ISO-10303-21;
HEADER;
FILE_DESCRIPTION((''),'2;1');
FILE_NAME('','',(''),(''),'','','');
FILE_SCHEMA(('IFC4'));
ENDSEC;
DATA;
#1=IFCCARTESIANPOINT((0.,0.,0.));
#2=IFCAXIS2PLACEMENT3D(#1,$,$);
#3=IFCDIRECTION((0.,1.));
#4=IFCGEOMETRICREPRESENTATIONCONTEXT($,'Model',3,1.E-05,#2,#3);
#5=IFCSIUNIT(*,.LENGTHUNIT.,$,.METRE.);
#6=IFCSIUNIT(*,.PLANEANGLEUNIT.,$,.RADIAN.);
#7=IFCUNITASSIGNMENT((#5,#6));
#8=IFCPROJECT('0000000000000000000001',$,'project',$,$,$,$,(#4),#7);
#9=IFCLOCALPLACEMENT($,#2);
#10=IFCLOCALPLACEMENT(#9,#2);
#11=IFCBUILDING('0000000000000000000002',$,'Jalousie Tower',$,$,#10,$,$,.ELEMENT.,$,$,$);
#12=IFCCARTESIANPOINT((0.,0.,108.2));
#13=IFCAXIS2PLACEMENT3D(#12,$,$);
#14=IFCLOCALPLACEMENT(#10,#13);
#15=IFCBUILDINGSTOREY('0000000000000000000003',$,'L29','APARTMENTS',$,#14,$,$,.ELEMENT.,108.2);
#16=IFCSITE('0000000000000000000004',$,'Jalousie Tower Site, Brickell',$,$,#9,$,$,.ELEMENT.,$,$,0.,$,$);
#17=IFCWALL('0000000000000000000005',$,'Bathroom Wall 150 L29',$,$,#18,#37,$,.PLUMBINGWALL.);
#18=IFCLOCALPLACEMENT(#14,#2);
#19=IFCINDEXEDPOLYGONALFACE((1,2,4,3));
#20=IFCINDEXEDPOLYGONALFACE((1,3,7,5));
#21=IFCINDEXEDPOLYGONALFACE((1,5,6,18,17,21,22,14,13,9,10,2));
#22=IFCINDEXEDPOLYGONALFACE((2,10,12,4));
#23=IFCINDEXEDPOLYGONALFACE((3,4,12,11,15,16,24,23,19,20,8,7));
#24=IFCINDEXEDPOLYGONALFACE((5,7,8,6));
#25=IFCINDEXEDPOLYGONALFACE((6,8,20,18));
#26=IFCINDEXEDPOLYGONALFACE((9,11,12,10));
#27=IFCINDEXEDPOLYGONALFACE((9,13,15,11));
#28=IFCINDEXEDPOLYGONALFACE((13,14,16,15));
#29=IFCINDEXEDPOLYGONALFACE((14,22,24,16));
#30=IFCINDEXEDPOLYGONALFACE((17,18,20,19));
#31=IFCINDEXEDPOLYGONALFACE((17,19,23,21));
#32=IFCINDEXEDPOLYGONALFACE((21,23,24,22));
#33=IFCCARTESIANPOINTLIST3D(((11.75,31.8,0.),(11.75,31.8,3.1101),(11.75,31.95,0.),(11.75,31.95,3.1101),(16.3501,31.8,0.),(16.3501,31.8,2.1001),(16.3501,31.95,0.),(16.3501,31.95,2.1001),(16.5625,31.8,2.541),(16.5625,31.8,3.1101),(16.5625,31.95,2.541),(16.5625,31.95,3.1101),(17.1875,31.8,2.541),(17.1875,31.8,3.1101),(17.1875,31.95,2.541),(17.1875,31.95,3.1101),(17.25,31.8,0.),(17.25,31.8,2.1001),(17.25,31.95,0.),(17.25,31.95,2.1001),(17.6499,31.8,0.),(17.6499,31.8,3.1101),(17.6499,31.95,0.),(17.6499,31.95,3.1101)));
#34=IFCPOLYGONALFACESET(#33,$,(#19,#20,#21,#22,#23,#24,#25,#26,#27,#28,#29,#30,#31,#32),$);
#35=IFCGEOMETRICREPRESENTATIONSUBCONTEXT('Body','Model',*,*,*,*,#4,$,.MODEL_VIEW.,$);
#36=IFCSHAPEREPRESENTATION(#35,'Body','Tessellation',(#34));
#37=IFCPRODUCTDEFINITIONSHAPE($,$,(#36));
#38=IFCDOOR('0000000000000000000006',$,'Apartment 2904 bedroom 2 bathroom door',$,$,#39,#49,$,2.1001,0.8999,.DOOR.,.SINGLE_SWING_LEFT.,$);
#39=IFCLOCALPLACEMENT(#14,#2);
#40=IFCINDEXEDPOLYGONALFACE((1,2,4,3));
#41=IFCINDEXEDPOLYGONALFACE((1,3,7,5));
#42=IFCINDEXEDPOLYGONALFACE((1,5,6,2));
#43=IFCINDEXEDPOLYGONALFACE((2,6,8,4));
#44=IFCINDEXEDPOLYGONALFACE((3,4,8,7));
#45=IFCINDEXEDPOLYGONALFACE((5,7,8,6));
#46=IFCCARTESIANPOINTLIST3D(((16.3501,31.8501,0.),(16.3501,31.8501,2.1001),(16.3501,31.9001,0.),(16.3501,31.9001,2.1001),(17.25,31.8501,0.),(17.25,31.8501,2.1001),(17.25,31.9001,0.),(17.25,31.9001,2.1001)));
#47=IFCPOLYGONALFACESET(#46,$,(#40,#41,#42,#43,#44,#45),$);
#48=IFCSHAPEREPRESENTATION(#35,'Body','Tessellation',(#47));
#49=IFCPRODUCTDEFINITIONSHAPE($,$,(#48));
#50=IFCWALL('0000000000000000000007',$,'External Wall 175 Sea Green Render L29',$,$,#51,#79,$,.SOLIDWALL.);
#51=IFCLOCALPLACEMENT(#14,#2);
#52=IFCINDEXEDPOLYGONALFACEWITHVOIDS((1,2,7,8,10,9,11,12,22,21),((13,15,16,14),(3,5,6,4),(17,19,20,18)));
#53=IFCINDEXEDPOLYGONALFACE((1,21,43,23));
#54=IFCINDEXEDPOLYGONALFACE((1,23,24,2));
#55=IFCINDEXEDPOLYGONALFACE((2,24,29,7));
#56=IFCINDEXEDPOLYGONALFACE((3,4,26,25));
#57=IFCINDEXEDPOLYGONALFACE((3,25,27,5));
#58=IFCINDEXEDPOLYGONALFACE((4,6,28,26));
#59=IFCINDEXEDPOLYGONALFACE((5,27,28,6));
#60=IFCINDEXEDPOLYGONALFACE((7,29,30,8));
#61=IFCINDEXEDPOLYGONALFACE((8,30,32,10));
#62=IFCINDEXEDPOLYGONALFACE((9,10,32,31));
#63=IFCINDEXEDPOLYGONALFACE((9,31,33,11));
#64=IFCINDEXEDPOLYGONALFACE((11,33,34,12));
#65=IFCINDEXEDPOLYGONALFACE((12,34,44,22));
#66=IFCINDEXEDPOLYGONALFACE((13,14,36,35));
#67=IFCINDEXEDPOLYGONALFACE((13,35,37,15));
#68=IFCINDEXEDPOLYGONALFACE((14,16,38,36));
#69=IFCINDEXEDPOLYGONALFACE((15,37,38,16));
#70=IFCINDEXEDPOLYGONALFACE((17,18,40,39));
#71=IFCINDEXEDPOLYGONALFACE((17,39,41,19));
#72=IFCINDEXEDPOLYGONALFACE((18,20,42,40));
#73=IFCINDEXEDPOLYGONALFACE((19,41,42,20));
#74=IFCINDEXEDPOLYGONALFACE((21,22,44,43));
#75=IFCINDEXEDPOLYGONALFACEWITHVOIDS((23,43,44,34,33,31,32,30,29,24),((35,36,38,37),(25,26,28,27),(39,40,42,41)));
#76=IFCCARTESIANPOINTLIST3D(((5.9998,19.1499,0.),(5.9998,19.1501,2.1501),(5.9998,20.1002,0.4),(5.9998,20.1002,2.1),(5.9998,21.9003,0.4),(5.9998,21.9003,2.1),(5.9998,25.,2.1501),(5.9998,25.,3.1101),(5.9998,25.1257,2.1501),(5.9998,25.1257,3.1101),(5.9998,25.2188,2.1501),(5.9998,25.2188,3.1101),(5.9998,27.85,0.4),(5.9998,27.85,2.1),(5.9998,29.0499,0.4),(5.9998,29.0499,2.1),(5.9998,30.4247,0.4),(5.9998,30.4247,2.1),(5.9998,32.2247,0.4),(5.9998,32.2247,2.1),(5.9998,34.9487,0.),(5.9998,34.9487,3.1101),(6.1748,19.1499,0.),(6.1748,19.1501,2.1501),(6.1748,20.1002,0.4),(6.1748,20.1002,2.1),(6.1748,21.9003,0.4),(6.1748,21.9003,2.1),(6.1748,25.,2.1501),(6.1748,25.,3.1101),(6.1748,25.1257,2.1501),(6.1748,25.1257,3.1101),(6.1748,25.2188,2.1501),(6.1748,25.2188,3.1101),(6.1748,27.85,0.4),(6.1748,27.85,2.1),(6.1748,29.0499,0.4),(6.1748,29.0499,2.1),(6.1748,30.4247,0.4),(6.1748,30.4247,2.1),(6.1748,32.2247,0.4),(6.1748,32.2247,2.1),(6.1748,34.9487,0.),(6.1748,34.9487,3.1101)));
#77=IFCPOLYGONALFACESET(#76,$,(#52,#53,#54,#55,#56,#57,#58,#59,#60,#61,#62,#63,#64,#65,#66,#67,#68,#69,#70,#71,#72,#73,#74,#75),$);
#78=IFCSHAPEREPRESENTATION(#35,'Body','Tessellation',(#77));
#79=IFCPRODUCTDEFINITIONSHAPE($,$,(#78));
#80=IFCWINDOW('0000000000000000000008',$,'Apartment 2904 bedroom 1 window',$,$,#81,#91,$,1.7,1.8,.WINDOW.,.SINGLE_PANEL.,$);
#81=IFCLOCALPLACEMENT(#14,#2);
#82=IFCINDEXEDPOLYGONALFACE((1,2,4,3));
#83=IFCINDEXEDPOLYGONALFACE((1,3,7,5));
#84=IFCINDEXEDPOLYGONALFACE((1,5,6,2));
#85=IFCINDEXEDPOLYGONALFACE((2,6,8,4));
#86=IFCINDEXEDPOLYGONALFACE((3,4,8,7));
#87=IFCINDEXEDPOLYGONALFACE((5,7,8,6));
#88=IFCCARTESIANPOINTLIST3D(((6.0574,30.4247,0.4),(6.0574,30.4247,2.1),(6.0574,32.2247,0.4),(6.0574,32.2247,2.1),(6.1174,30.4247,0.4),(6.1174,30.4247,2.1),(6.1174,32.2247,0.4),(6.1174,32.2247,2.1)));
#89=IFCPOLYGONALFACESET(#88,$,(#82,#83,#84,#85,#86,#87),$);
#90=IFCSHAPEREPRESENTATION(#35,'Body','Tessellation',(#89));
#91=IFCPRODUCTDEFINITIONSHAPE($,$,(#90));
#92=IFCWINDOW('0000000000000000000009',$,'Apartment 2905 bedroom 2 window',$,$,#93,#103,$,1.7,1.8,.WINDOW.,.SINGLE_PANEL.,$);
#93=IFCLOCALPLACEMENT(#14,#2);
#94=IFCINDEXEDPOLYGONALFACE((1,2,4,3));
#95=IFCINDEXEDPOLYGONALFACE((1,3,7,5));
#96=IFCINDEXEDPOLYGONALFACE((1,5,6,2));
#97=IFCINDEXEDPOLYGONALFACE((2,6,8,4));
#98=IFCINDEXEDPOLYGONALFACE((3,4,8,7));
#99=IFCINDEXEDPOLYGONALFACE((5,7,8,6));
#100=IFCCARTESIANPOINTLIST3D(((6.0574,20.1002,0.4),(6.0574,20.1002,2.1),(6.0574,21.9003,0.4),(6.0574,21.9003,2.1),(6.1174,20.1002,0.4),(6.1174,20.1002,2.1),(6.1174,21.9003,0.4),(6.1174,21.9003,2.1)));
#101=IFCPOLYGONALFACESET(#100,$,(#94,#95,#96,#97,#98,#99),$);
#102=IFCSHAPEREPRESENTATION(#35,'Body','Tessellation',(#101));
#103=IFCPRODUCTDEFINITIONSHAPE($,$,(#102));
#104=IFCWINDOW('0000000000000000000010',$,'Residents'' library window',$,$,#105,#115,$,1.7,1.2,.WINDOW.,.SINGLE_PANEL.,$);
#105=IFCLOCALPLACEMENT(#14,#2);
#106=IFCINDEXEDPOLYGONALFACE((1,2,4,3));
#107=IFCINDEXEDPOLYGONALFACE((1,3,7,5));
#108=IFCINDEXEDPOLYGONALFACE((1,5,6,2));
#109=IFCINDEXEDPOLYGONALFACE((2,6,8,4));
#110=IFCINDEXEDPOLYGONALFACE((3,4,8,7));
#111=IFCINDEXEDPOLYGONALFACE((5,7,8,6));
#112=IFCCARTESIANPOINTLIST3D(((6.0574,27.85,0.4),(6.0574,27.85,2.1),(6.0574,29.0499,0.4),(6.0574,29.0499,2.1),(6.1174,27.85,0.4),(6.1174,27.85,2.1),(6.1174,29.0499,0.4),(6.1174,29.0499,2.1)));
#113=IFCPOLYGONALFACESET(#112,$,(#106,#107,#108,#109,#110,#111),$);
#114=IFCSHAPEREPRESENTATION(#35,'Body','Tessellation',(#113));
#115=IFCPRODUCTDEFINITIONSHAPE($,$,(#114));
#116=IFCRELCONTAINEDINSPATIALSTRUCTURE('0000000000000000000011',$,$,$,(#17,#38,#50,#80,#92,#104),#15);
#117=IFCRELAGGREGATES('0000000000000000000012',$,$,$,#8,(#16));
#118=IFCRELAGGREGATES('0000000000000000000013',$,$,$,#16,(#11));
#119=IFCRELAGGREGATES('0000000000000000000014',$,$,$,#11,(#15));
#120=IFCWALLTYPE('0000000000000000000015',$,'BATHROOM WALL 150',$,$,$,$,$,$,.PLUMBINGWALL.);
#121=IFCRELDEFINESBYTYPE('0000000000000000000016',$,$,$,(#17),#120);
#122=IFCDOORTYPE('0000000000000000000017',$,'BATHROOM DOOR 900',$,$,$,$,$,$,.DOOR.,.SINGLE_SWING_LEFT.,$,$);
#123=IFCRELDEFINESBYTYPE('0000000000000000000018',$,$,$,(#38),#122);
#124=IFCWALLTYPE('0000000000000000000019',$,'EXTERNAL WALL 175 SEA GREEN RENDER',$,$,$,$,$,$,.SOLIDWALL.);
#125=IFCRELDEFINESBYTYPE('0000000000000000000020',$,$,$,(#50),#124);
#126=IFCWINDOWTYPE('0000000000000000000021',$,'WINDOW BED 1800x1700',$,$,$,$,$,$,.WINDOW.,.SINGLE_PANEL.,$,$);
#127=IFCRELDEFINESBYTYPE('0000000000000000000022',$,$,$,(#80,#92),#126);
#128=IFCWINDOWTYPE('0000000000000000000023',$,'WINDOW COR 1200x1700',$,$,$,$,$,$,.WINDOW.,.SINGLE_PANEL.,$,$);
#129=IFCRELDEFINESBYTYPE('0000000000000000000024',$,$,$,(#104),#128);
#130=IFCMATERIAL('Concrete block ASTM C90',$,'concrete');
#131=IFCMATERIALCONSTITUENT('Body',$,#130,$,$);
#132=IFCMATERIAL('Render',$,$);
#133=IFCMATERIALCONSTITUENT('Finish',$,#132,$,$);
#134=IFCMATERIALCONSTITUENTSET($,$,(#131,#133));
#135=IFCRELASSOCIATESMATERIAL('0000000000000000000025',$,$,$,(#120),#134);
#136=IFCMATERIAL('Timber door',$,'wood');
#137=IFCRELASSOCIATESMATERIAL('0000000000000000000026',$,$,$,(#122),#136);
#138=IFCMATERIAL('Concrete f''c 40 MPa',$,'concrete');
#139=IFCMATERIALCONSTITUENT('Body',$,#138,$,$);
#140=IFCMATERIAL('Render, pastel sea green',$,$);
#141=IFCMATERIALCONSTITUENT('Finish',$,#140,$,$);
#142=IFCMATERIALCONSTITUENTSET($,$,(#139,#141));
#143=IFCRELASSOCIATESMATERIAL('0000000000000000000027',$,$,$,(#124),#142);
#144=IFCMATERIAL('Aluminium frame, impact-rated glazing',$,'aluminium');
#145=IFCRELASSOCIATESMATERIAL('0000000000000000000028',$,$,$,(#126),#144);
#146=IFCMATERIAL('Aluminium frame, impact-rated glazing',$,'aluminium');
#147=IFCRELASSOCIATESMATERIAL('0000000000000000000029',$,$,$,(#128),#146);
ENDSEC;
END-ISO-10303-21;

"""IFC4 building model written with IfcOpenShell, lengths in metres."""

from ifc_helpers import new_model, si_unit, direction, frame, frame_2d, origin, place, context, subcontext, project, spatial, polyline, rectangle, outline, extrude, material, constituent, constituent_set, type_object, element, fill, save


model = new_model("IFC4")

# Units and contexts
model_context = context("Model", 3, precision=1e-05, world=origin(), true_north=direction((0.0, 1.0)))
body_context = subcontext(model_context, "Body", "Model", "MODEL_VIEW")
ifc_project = project(units=[si_unit("LENGTHUNIT", "METRE"), si_unit("PLANEANGLEUNIT", "RADIAN")], contexts=[model_context])

# Site, building, storey
site_placement = place(None, origin())
site = spatial("IfcSite", under=ifc_project, at=site_placement, Name="Jalousie Tower Site, Brickell", CompositionType="ELEMENT", RefElevation=0.0)
building_placement = place(site_placement, origin())
building = spatial("IfcBuilding", under=site, at=building_placement, Name="Jalousie Tower", CompositionType="ELEMENT")
storey_placement = place(building_placement, frame((0.0, 0.0, 108.2)))
storey = spatial("IfcBuildingStorey", under=building, at=storey_placement, Name="L29", Description="APARTMENTS", CompositionType="ELEMENT", Elevation=108.2)

# Wall, opening, door
ifc_material_1 = material(Name="Concrete block ASTM C90", Category="concrete")
ifc_constituent_1 = constituent(ifc_material_1, Name="Body")
ifc_material_2 = material(Name="Render")
ifc_constituent_2 = constituent(ifc_material_2, Name="Finish")
ifc_constituent_set_1 = constituent_set(constituents=[ifc_constituent_1, ifc_constituent_2])
wall_type_1 = type_object("IfcWallType", Name="BATHROOM WALL 150", PredefinedType="PLUMBINGWALL", material=ifc_constituent_set_1)
wall_1_placement = place(storey_placement, frame((11.75, 31.875, 0.0), z_axis=(0.0, 0.0, 1.0), x_axis=(1.0, 0.0, 0.0)))
wall_1 = element("IfcWall", 1, at=wall_1_placement, inside=storey, type_object=wall_type_1, Name="Bathroom Wall 150 L29", PredefinedType="PLUMBINGWALL", context=body_context, shape_type="SweptSolid", body=[
    extrude(outline(polyline([(0.0, 0.0), (5.8999, 0.0), (5.8999, 3.1101), (5.4375, 3.1101), (5.4375, 2.541), (4.8125, 2.541), (4.8125, 3.1101), (0.0, 3.1101), (0.0, 0.0)])), frame((0.0, 0.075, 0.0), z_axis=(0.0, -1.0, 0.0), x_axis=(1.0, 0.0, 0.0)), (0.0, 0.0, 1.0), 0.1499),
])
opening_1_placement = place(wall_1_placement, frame((4.6001, 0.0, 0.0)))
opening_1 = element("IfcOpeningElement", 2, at=opening_1_placement, cuts=wall_1, PredefinedType="OPENING", context=body_context, shape_type="SweptSolid", body=[
    extrude(rectangle(XDim=0.8999, YDim=2.1001, at=frame_2d((0.45, 1.05))), frame((0.0, 0.085, 0.0), z_axis=(0.0, -1.0, 0.0), x_axis=(1.0, 0.0, 0.0)), (0.0, 0.0, 1.0), 0.1699),
])
ifc_material_3 = material(Name="Timber door", Category="wood")
door_type_1 = type_object("IfcDoorType", Name="BATHROOM DOOR 900", OperationType="SINGLE_SWING_LEFT", PredefinedType="DOOR", material=ifc_material_3)
door_1_placement = place(opening_1_placement, frame((0.8999, 0.0, 0.0), z_axis=(0.0, 0.0, 1.0), x_axis=(-1.0, 0.0, 0.0)))
door_1 = element("IfcDoor", 3, at=door_1_placement, inside=storey, type_object=door_type_1, Name="Apartment 2904 bedroom 2 bathroom door", OperationType="SINGLE_SWING_LEFT", OverallHeight=2.1001, OverallWidth=0.8999, PredefinedType="DOOR", context=body_context, shape_type="SweptSolid", body=[
    extrude(rectangle(XDim=0.8999, YDim=2.1001, at=frame_2d((0.45, 1.05))), frame((0.0, 0.0249, 0.0), z_axis=(0.0, -1.0, 0.0), x_axis=(1.0, 0.0, 0.0)), (0.0, 0.0, 1.0), 0.05),
])
fill(opening_1, door_1)

# Wall, openings, windows
ifc_material_4 = material(Name="Concrete f'c 40 MPa", Category="concrete")
ifc_constituent_3 = constituent(ifc_material_4, Name="Body")
ifc_material_5 = material(Name="Render, pastel sea green")
ifc_constituent_4 = constituent(ifc_material_5, Name="Finish")
ifc_constituent_set_2 = constituent_set(constituents=[ifc_constituent_3, ifc_constituent_4])
wall_type_2 = type_object("IfcWallType", Name="EXTERNAL WALL 175 SEA GREEN RENDER", PredefinedType="SOLIDWALL", material=ifc_constituent_set_2)
wall_2_placement = place(storey_placement, frame((6.0874, 34.9487, 0.0), z_axis=(0.0, 0.0, 1.0), x_axis=(0.0, -1.0, 0.0)))
wall_2 = element("IfcWall", 4, at=wall_2_placement, inside=storey, type_object=wall_type_2, Name="External Wall 175 Sea Green Render L29", PredefinedType="SOLIDWALL", context=body_context, shape_type="SweptSolid", body=[
    extrude(outline(polyline([(0.0, 0.0), (15.7988, 0.0), (15.7986, 2.1501), (9.9487, 2.1501), (9.9487, 3.1101), (9.823, 3.1101), (9.823, 2.1501), (9.73, 2.1501), (9.73, 3.1101), (0.0, 3.1101), (0.0, 0.0)])), frame((0.0, 0.0874, 0.0), z_axis=(0.0, -1.0, 0.0), x_axis=(1.0, 0.0, 0.0)), (0.0, 0.0, 1.0), 0.175),
])
opening_2_placement = place(wall_2_placement, frame((2.7241, 0.0, 0.3999)))
opening_2 = element("IfcOpeningElement", 5, at=opening_2_placement, cuts=wall_2, PredefinedType="OPENING", context=body_context, shape_type="SweptSolid", body=[
    extrude(rectangle(XDim=1.8, YDim=1.7, at=frame_2d((0.8999, 0.8501))), frame((0.0, 0.0974, 0.0), z_axis=(0.0, -1.0, 0.0), x_axis=(1.0, 0.0, 0.0)), (0.0, 0.0, 1.0), 0.1951),
])
opening_3_placement = place(wall_2_placement, frame((5.8987, 0.0, 0.3999)))
opening_3 = element("IfcOpeningElement", 6, at=opening_3_placement, cuts=wall_2, PredefinedType="OPENING", context=body_context, shape_type="SweptSolid", body=[
    extrude(rectangle(XDim=1.2, YDim=1.7, at=frame_2d((0.6001, 0.8501))), frame((0.0, 0.0974, 0.0), z_axis=(0.0, -1.0, 0.0), x_axis=(1.0, 0.0, 0.0)), (0.0, 0.0, 1.0), 0.1951),
])
opening_4_placement = place(wall_2_placement, frame((13.0486, 0.0, 0.3999)))
opening_4 = element("IfcOpeningElement", 7, at=opening_4_placement, cuts=wall_2, PredefinedType="OPENING", context=body_context, shape_type="SweptSolid", body=[
    extrude(rectangle(XDim=1.8, YDim=1.7, at=frame_2d((0.8999, 0.8501))), frame((0.0, 0.0974, 0.0), z_axis=(0.0, -1.0, 0.0), x_axis=(1.0, 0.0, 0.0)), (0.0, 0.0, 1.0), 0.1951),
])
ifc_material_6 = material(Name="Aluminium frame, impact-rated glazing", Category="aluminium")
window_type_1 = type_object("IfcWindowType", Name="WINDOW BED 1800x1700", PartitioningType="SINGLE_PANEL", PredefinedType="WINDOW", material=ifc_material_6)
window_1_placement = place(opening_2_placement, origin())
window_1 = element("IfcWindow", 8, at=window_1_placement, inside=storey, type_object=window_type_1, Name="Apartment 2904 bedroom 1 window", OverallHeight=1.7, OverallWidth=1.8, PartitioningType="SINGLE_PANEL", PredefinedType="WINDOW", context=body_context, shape_type="SweptSolid", body=[
    extrude(rectangle(XDim=1.8, YDim=1.7, at=frame_2d((0.8999, 0.8501))), frame((0.0, 0.03, 0.0), z_axis=(0.0, -1.0, 0.0), x_axis=(1.0, 0.0, 0.0)), (0.0, 0.0, 1.0), 0.0601),
])
fill(opening_2, window_1)
window_2_placement = place(opening_4_placement, origin())
window_2 = element("IfcWindow", 9, at=window_2_placement, inside=storey, type_object=window_type_1, Name="Apartment 2905 bedroom 2 window", OverallHeight=1.7, OverallWidth=1.8, PartitioningType="SINGLE_PANEL", PredefinedType="WINDOW", context=body_context, shape_type="SweptSolid", body=[
    extrude(rectangle(XDim=1.8, YDim=1.7, at=frame_2d((0.8999, 0.8501))), frame((0.0, 0.03, 0.0), z_axis=(0.0, -1.0, 0.0), x_axis=(1.0, 0.0, 0.0)), (0.0, 0.0, 1.0), 0.0601),
])
fill(opening_4, window_2)
ifc_material_7 = material(Name="Aluminium frame, impact-rated glazing", Category="aluminium")
window_type_2 = type_object("IfcWindowType", Name="WINDOW COR 1200x1700", PartitioningType="SINGLE_PANEL", PredefinedType="WINDOW", material=ifc_material_7)
window_3_placement = place(opening_3_placement, origin())
window_3 = element("IfcWindow", 10, at=window_3_placement, inside=storey, type_object=window_type_2, Name="Residents' library window", OverallHeight=1.7, OverallWidth=1.2, PartitioningType="SINGLE_PANEL", PredefinedType="WINDOW", context=body_context, shape_type="SweptSolid", body=[
    extrude(rectangle(XDim=1.2, YDim=1.7, at=frame_2d((0.6001, 0.8501))), frame((0.0, 0.03, 0.0), z_axis=(0.0, -1.0, 0.0), x_axis=(1.0, 0.0, 0.0)), (0.0, 0.0, 1.0), 0.0601),
])
fill(opening_3, window_3)

save(model, "model.ifc")
